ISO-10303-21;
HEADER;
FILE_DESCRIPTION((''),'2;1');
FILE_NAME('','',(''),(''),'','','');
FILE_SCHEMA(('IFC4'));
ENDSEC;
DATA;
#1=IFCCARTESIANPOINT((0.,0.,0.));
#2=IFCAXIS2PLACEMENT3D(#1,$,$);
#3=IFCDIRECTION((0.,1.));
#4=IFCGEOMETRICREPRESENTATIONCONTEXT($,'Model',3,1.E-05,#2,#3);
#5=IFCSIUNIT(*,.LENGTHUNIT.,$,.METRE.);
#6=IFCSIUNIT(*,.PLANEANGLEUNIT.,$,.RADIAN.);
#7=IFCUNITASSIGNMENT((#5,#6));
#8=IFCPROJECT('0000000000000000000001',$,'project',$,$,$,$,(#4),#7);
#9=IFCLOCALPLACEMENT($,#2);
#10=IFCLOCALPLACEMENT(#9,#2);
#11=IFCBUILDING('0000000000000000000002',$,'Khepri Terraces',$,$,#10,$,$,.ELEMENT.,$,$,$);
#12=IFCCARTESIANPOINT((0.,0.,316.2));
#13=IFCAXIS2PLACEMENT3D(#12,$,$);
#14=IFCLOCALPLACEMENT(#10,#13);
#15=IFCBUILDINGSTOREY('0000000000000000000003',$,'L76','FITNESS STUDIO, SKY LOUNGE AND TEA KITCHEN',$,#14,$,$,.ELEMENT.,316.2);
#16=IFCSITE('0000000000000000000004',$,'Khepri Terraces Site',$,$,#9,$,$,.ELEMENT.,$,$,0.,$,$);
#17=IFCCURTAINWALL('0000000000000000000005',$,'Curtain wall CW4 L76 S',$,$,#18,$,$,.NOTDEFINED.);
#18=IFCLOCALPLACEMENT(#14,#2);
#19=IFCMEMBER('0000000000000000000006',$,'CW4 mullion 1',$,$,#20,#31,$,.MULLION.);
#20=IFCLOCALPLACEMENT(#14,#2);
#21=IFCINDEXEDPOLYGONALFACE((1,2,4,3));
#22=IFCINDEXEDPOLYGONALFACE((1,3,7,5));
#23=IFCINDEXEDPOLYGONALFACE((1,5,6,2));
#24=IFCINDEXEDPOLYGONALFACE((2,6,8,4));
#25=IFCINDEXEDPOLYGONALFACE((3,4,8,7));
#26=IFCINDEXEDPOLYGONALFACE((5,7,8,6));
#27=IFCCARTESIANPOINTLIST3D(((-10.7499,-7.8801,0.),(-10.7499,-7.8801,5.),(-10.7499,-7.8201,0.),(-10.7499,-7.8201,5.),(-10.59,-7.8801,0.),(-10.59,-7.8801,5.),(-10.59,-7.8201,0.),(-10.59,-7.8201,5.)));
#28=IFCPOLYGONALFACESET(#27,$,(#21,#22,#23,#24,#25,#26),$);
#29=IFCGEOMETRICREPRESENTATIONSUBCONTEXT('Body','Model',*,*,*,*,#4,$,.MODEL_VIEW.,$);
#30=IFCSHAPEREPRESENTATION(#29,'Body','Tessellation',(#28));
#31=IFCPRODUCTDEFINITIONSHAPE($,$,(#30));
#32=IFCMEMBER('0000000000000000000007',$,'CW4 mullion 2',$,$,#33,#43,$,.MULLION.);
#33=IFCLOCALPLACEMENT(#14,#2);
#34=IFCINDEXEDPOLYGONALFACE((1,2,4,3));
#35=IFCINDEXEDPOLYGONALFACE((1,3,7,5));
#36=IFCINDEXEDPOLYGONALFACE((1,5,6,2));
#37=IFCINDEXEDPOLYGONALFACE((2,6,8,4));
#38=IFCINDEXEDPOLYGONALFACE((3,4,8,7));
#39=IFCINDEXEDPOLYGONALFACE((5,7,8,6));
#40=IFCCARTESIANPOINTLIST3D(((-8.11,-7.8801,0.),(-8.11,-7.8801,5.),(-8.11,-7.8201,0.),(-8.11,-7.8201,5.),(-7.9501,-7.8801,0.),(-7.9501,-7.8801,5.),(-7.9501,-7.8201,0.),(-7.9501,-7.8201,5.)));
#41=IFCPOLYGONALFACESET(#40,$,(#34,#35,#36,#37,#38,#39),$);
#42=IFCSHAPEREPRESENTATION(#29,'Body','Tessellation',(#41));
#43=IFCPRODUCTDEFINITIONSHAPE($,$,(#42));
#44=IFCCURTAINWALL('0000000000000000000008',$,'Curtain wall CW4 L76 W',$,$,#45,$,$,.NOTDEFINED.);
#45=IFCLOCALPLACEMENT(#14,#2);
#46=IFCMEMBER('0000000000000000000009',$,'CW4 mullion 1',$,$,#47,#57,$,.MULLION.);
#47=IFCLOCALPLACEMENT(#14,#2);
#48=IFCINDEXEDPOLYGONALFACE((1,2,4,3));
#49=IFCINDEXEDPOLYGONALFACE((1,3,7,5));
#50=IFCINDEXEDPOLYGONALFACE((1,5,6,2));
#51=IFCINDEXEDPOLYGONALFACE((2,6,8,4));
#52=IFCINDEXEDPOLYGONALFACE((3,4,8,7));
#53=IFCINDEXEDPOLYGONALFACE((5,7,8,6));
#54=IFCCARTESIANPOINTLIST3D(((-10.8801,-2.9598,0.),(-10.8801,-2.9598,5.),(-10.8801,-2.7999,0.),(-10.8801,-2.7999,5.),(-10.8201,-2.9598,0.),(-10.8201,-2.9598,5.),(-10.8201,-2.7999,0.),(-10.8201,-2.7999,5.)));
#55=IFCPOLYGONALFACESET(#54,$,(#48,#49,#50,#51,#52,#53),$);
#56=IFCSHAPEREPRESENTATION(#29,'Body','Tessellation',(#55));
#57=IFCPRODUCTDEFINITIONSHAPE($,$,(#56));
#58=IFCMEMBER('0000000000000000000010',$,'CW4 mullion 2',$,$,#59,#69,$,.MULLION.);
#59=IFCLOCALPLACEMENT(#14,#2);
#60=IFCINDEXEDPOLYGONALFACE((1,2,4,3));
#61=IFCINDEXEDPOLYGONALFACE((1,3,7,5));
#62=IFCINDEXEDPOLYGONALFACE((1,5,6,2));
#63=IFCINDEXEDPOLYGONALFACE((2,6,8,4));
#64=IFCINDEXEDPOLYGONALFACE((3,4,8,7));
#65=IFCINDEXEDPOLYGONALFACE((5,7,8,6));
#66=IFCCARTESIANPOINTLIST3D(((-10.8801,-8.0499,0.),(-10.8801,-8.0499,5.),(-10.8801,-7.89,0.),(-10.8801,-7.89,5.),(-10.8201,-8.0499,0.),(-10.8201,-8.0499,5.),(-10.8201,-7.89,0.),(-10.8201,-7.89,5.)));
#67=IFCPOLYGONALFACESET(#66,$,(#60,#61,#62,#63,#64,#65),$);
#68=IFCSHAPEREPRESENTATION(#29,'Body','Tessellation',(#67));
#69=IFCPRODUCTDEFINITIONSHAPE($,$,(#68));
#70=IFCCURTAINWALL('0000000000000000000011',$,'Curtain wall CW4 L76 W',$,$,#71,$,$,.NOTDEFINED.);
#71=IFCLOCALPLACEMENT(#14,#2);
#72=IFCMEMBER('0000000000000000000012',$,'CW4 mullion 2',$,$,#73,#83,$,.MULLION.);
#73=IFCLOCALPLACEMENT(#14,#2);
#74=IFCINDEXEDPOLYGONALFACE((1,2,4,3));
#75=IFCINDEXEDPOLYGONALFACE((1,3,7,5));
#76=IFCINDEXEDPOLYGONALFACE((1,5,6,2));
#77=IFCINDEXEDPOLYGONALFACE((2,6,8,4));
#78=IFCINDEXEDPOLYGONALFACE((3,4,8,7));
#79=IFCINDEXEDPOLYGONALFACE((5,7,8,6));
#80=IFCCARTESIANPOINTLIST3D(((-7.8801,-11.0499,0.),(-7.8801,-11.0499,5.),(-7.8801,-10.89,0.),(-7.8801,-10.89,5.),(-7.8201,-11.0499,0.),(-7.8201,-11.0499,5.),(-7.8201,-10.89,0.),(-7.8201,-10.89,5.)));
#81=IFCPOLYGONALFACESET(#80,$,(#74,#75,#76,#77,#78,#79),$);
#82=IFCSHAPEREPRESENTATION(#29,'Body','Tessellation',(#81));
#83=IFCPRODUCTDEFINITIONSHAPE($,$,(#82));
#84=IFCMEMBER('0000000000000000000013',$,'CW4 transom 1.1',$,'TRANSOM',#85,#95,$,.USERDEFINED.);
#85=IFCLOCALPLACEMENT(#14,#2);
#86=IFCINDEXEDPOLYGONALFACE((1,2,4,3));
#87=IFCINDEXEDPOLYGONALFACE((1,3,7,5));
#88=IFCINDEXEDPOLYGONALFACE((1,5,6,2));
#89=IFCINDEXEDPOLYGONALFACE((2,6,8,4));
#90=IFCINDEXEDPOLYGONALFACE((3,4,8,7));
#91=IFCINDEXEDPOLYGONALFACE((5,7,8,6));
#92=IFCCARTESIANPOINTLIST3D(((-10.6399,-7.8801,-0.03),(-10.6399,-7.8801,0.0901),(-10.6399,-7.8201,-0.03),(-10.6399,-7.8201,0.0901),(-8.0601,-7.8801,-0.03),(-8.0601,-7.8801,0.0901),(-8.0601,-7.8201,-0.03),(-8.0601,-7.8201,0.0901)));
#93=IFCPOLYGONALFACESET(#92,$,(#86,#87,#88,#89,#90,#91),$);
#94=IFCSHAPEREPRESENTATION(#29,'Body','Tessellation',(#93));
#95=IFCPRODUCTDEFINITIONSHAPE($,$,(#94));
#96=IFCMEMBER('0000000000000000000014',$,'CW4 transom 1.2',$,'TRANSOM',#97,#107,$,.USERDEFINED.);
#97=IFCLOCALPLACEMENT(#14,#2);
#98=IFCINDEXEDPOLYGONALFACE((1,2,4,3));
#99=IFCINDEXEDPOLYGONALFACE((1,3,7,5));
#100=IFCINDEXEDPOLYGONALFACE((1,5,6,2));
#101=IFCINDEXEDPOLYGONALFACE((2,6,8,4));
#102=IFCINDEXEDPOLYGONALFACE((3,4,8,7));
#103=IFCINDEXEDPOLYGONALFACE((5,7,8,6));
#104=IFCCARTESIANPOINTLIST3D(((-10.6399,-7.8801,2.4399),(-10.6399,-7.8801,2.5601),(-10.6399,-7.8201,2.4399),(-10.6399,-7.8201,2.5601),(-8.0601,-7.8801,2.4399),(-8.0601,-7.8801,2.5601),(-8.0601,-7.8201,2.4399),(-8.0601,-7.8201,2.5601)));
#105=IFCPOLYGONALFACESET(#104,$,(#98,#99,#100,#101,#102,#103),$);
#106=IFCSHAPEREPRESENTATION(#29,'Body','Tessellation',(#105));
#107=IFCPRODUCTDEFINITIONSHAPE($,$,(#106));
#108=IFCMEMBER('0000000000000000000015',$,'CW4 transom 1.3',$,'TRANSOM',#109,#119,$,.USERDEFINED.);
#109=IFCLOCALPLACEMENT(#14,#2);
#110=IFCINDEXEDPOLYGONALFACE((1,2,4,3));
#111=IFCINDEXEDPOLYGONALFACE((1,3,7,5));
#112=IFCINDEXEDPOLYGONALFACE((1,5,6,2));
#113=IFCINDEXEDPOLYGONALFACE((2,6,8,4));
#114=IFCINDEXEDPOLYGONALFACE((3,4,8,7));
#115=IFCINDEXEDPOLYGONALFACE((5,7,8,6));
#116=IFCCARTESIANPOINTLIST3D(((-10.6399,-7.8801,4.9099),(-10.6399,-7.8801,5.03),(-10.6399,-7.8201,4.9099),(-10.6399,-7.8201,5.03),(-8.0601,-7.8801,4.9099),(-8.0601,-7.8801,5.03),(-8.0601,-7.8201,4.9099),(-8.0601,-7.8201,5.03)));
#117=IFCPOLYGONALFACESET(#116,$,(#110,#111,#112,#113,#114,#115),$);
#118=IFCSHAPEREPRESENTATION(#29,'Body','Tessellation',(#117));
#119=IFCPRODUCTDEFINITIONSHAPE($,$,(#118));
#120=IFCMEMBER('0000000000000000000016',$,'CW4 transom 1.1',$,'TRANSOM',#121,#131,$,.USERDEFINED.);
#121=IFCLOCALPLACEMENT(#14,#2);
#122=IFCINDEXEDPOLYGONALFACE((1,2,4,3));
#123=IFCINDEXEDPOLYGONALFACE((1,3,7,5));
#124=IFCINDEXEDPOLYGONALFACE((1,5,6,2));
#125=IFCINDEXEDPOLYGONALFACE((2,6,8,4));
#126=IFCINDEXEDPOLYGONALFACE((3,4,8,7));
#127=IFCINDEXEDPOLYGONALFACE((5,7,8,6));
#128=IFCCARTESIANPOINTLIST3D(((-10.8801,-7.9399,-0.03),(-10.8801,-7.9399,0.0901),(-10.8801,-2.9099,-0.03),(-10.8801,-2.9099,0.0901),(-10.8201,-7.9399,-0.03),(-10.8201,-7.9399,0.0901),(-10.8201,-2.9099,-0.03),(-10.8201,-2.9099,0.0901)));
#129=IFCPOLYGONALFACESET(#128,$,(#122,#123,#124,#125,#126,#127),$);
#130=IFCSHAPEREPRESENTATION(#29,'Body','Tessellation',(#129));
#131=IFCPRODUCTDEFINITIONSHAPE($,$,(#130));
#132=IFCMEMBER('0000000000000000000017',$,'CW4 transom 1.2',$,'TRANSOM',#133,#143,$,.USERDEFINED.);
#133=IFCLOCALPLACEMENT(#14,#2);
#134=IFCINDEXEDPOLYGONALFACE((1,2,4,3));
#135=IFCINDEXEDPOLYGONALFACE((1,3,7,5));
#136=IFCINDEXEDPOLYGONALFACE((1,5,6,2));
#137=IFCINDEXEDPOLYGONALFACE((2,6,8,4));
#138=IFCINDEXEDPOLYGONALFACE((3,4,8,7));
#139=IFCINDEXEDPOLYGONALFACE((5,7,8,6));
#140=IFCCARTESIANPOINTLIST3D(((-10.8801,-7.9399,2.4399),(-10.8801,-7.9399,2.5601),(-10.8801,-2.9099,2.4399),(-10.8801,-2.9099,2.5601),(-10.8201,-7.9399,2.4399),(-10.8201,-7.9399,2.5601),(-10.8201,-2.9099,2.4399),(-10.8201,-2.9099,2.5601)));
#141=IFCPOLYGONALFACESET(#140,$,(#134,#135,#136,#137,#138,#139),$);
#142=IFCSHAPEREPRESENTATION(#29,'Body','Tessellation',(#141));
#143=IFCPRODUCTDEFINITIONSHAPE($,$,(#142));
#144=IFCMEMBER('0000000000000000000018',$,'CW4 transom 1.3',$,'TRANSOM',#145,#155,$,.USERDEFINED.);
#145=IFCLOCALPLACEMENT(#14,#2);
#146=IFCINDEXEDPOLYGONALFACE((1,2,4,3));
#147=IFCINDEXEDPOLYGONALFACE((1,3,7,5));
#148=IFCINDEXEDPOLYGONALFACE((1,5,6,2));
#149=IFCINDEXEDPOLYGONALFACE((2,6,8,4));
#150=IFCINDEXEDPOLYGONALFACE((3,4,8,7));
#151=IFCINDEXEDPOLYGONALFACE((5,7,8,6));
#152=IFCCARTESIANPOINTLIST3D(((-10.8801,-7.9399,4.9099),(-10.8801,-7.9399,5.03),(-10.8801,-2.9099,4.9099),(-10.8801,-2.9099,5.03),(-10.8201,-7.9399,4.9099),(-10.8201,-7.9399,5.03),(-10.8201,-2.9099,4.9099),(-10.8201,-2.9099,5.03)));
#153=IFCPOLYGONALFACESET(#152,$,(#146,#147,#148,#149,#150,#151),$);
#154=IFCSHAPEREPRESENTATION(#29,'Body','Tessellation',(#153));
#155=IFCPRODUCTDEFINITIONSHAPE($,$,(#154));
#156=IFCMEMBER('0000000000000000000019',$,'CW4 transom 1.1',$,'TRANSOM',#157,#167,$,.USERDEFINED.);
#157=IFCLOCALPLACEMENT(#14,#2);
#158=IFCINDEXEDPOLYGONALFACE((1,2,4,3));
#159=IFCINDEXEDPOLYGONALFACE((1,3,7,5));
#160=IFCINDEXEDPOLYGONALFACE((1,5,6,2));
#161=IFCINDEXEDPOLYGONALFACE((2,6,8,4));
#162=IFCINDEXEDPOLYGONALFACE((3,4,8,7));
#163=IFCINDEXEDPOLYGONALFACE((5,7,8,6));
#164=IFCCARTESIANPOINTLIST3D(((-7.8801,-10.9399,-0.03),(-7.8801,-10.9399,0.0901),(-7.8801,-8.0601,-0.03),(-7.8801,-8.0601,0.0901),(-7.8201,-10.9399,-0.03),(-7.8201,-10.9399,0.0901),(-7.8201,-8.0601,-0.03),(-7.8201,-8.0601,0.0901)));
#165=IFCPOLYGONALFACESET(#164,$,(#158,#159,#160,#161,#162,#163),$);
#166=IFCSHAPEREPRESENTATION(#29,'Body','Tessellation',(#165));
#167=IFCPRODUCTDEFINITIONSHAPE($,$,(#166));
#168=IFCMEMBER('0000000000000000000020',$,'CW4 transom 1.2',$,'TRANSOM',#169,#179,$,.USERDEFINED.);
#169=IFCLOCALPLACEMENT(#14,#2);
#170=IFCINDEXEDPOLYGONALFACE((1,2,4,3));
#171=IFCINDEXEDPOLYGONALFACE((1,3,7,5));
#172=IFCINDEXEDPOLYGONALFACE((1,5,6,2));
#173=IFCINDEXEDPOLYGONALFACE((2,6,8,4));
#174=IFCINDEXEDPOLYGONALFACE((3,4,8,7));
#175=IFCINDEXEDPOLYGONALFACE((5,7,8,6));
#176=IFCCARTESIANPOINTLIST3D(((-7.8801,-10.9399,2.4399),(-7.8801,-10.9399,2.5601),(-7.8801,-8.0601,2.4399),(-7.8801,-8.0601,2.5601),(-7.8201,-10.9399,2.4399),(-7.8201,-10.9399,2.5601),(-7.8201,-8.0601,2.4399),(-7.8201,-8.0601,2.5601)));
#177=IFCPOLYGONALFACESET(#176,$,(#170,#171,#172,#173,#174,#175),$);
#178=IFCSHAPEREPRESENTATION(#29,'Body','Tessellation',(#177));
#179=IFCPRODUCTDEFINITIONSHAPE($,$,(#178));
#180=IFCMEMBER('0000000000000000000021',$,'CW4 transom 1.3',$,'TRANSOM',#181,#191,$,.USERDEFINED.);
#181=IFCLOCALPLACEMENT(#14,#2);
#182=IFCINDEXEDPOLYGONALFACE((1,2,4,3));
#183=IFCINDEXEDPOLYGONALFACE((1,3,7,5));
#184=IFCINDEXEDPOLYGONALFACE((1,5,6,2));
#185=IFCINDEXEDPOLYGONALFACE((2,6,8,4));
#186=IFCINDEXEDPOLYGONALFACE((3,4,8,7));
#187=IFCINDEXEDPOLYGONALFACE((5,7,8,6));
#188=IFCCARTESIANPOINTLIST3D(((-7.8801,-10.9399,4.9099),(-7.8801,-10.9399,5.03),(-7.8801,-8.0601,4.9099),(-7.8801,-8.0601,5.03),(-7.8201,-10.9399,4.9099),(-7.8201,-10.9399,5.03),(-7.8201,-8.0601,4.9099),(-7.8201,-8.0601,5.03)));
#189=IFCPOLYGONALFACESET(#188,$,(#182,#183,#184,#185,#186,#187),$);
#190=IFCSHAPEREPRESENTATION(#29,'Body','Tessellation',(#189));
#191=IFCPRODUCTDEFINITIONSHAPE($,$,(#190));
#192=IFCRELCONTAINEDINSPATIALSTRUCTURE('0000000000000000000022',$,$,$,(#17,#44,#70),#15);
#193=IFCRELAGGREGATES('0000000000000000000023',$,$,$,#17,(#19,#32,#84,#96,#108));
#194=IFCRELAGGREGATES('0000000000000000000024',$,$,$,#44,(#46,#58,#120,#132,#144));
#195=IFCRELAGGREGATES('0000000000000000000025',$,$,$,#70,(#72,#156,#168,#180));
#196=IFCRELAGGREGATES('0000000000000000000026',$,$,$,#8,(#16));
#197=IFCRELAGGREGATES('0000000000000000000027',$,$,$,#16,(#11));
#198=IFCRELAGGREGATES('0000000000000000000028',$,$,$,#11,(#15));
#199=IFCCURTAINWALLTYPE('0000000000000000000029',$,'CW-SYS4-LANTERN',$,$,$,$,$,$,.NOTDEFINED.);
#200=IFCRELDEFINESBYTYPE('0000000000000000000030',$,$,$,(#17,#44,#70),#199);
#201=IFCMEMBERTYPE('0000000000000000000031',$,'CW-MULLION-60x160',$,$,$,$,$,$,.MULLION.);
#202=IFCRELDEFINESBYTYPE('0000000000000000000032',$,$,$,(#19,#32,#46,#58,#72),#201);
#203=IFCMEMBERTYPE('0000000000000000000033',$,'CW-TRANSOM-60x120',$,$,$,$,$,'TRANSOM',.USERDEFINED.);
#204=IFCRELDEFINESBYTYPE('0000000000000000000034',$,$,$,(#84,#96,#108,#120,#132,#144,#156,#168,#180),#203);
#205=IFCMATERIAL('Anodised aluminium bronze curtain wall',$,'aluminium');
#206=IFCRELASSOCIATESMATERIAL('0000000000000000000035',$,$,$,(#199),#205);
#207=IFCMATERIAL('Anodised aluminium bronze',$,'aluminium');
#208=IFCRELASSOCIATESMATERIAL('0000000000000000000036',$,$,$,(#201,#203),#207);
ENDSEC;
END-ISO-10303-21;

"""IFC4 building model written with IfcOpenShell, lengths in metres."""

from ifc_helpers import new_model, si_unit, direction, frame, origin, origin_2d, place, context, subcontext, project, spatial, rectangle, extrude, material, material_profile, profile_set, type_object, element, aggregate, save


model = new_model("IFC4")

# Units and contexts
model_context = context("Model", 3, precision=1e-05, world=origin(), true_north=direction((0.0, 1.0)))
body_context = subcontext(model_context, "Body", "Model", "MODEL_VIEW")
ifc_project = project(units=[si_unit("LENGTHUNIT", "METRE"), si_unit("PLANEANGLEUNIT", "RADIAN")], contexts=[model_context])

# Site, building, storey
site_placement = place(None, origin())
site = spatial("IfcSite", under=ifc_project, at=site_placement, Name="Khepri Terraces Site", CompositionType="ELEMENT", RefElevation=0.0)
building_placement = place(site_placement, origin())
building = spatial("IfcBuilding", under=site, at=building_placement, Name="Khepri Terraces", CompositionType="ELEMENT")
storey_placement = place(building_placement, frame((0.0, 0.0, 316.2)))
storey = spatial("IfcBuildingStorey", under=building, at=storey_placement, Name="L76", Description="FITNESS STUDIO, SKY LOUNGE AND TEA KITCHEN", CompositionType="ELEMENT", Elevation=316.2)

# Curtain walls, members
ifc_material_1 = material(Name="Anodised aluminium bronze curtain wall", Category="aluminium")
curtain_wall_type = type_object("IfcCurtainWallType", Name="CW-SYS4-LANTERN", PredefinedType="NOTDEFINED", material=ifc_material_1)
curtain_wall_1_placement = place(storey_placement, origin())
curtain_wall_1 = element("IfcCurtainWall", 1, at=curtain_wall_1_placement, inside=storey, type_object=curtain_wall_type, Name="Curtain wall CW4 L76 S", PredefinedType="NOTDEFINED")
ifc_material_2 = material(Name="Anodised aluminium bronze", Category="aluminium")
ifc_material_profile_1 = material_profile(ifc_material_2, rectangle(XDim=0.0601, YDim=0.1599, at=origin_2d()), Name="Anodised aluminium bronze", Category="aluminium")
ifc_profile_set_1 = profile_set([ifc_material_profile_1], Name="Anodised aluminium bronze")
member_type_1 = type_object("IfcMemberType", Name="CW-MULLION-60x160", PredefinedType="MULLION", material=ifc_profile_set_1)
member_1_placement = place(storey_placement, frame((-10.6699, -7.8501, 0.0), z_axis=(0.0, 0.0, 1.0), x_axis=(0.0, 1.0, 0.0)))
member_1 = element("IfcMember", 2, at=member_1_placement, type_object=member_type_1, Name="CW4 mullion 1", PredefinedType="MULLION", context=body_context, shape_type="SweptSolid", body=[
    extrude(rectangle(XDim=0.0601, YDim=0.1599, at=origin_2d()), origin(), (0.0, 0.0, 1.0), 5.0),
])
member_2_placement = place(storey_placement, frame((-8.03, -7.8501, 0.0), z_axis=(0.0, 0.0, 1.0), x_axis=(0.0, 1.0, 0.0)))
member_2 = element("IfcMember", 3, at=member_2_placement, type_object=member_type_1, Name="CW4 mullion 2", PredefinedType="MULLION", context=body_context, shape_type="SweptSolid", body=[
    extrude(rectangle(XDim=0.0601, YDim=0.1599, at=origin_2d()), origin(), (0.0, 0.0, 1.0), 5.0),
])
curtain_wall_2_placement = place(storey_placement, origin())
curtain_wall_2 = element("IfcCurtainWall", 4, at=curtain_wall_2_placement, inside=storey, type_object=curtain_wall_type, Name="Curtain wall CW4 L76 W", PredefinedType="NOTDEFINED")
member_3_placement = place(storey_placement, frame((-10.8501, -2.8799, 0.0), z_axis=(0.0, 0.0, 1.0), x_axis=(1.0, 0.0, 0.0)))
member_3 = element("IfcMember", 5, at=member_3_placement, type_object=member_type_1, Name="CW4 mullion 1", PredefinedType="MULLION", context=body_context, shape_type="SweptSolid", body=[
    extrude(rectangle(XDim=0.0601, YDim=0.1599, at=origin_2d()), origin(), (0.0, 0.0, 1.0), 5.0),
])
member_4_placement = place(storey_placement, frame((-10.8501, -7.97, 0.0), z_axis=(0.0, 0.0, 1.0), x_axis=(1.0, 0.0, 0.0)))
member_4 = element("IfcMember", 6, at=member_4_placement, type_object=member_type_1, Name="CW4 mullion 2", PredefinedType="MULLION", context=body_context, shape_type="SweptSolid", body=[
    extrude(rectangle(XDim=0.0601, YDim=0.1599, at=origin_2d()), origin(), (0.0, 0.0, 1.0), 5.0),
])

# Curtain wall, member
curtain_wall_3_placement = place(storey_placement, origin())
curtain_wall_3 = element("IfcCurtainWall", 7, at=curtain_wall_3_placement, inside=storey, type_object=curtain_wall_type, Name="Curtain wall CW4 L76 W", PredefinedType="NOTDEFINED")
member_5_placement = place(storey_placement, frame((-7.8501, -10.97, 0.0), z_axis=(0.0, 0.0, 1.0), x_axis=(1.0, 0.0, 0.0)))
member_5 = element("IfcMember", 8, at=member_5_placement, type_object=member_type_1, Name="CW4 mullion 2", PredefinedType="MULLION", context=body_context, shape_type="SweptSolid", body=[
    extrude(rectangle(XDim=0.0601, YDim=0.1599, at=origin_2d()), origin(), (0.0, 0.0, 1.0), 5.0),
])

# Members
ifc_material_profile_2 = material_profile(ifc_material_2, rectangle(XDim=0.0601, YDim=0.1201, at=origin_2d()), Name="Anodised aluminium bronze", Category="aluminium")
ifc_profile_set_2 = profile_set([ifc_material_profile_2], Name="Anodised aluminium bronze")
member_type_2 = type_object("IfcMemberType", Name="CW-TRANSOM-60x120", ElementType="TRANSOM", PredefinedType="USERDEFINED", material=ifc_profile_set_2)
member_6_placement = place(storey_placement, frame((-10.6399, -7.8501, 0.03), z_axis=(1.0, 0.0, 0.0), x_axis=(0.0, 1.0, 0.0)))
member_6 = element("IfcMember", 9, at=member_6_placement, type_object=member_type_2, Name="CW4 transom 1.1", ObjectType="TRANSOM", PredefinedType="USERDEFINED", context=body_context, shape_type="SweptSolid", body=[
    extrude(rectangle(XDim=0.0601, YDim=0.1201, at=origin_2d()), origin(), (0.0, 0.0, 1.0), 2.5798),
])
member_7_placement = place(storey_placement, frame((-10.6399, -7.8501, 2.5), z_axis=(1.0, 0.0, 0.0), x_axis=(0.0, 1.0, 0.0)))
member_7 = element("IfcMember", 10, at=member_7_placement, type_object=member_type_2, Name="CW4 transom 1.2", ObjectType="TRANSOM", PredefinedType="USERDEFINED", context=body_context, shape_type="SweptSolid", body=[
    extrude(rectangle(XDim=0.0601, YDim=0.1201, at=origin_2d()), origin(), (0.0, 0.0, 1.0), 2.5798),
])
member_8_placement = place(storey_placement, frame((-10.6399, -7.8501, 4.97), z_axis=(1.0, 0.0, 0.0), x_axis=(0.0, 1.0, 0.0)))
member_8 = element("IfcMember", 11, at=member_8_placement, type_object=member_type_2, Name="CW4 transom 1.3", ObjectType="TRANSOM", PredefinedType="USERDEFINED", context=body_context, shape_type="SweptSolid", body=[
    extrude(rectangle(XDim=0.0601, YDim=0.1201, at=origin_2d()), origin(), (0.0, 0.0, 1.0), 2.5798),
])
member_9_placement = place(storey_placement, frame((-10.8501, -2.9099, 0.03), z_axis=(0.0, -1.0, 0.0), x_axis=(1.0, 0.0, 0.0)))
member_9 = element("IfcMember", 12, at=member_9_placement, type_object=member_type_2, Name="CW4 transom 1.1", ObjectType="TRANSOM", PredefinedType="USERDEFINED", context=body_context, shape_type="SweptSolid", body=[
    extrude(rectangle(XDim=0.0601, YDim=0.1201, at=origin_2d()), origin(), (0.0, 0.0, 1.0), 5.03),
])
member_10_placement = place(storey_placement, frame((-10.8501, -2.9099, 2.5), z_axis=(0.0, -1.0, 0.0), x_axis=(1.0, 0.0, 0.0)))
member_10 = element("IfcMember", 13, at=member_10_placement, type_object=member_type_2, Name="CW4 transom 1.2", ObjectType="TRANSOM", PredefinedType="USERDEFINED", context=body_context, shape_type="SweptSolid", body=[
    extrude(rectangle(XDim=0.0601, YDim=0.1201, at=origin_2d()), origin(), (0.0, 0.0, 1.0), 5.03),
])
member_11_placement = place(storey_placement, frame((-10.8501, -2.9099, 4.97), z_axis=(0.0, -1.0, 0.0), x_axis=(1.0, 0.0, 0.0)))
member_11 = element("IfcMember", 14, at=member_11_placement, type_object=member_type_2, Name="CW4 transom 1.3", ObjectType="TRANSOM", PredefinedType="USERDEFINED", context=body_context, shape_type="SweptSolid", body=[
    extrude(rectangle(XDim=0.0601, YDim=0.1201, at=origin_2d()), origin(), (0.0, 0.0, 1.0), 5.03),
])
member_12_placement = place(storey_placement, frame((-7.8501, -8.0601, 0.03), z_axis=(0.0, -1.0, 0.0), x_axis=(1.0, 0.0, 0.0)))
member_12 = element("IfcMember", 15, at=member_12_placement, type_object=member_type_2, Name="CW4 transom 1.1", ObjectType="TRANSOM", PredefinedType="USERDEFINED", context=body_context, shape_type="SweptSolid", body=[
    extrude(rectangle(XDim=0.0601, YDim=0.1201, at=origin_2d()), origin(), (0.0, 0.0, 1.0), 2.8799),
])
member_13_placement = place(storey_placement, frame((-7.8501, -8.0601, 2.5), z_axis=(0.0, -1.0, 0.0), x_axis=(1.0, 0.0, 0.0)))
member_13 = element("IfcMember", 16, at=member_13_placement, type_object=member_type_2, Name="CW4 transom 1.2", ObjectType="TRANSOM", PredefinedType="USERDEFINED", context=body_context, shape_type="SweptSolid", body=[
    extrude(rectangle(XDim=0.0601, YDim=0.1201, at=origin_2d()), origin(), (0.0, 0.0, 1.0), 2.8799),
])
member_14_placement = place(storey_placement, frame((-7.8501, -8.0601, 4.97), z_axis=(0.0, -1.0, 0.0), x_axis=(1.0, 0.0, 0.0)))
member_14 = element("IfcMember", 17, at=member_14_placement, type_object=member_type_2, Name="CW4 transom 1.3", ObjectType="TRANSOM", PredefinedType="USERDEFINED", context=body_context, shape_type="SweptSolid", body=[
    extrude(rectangle(XDim=0.0601, YDim=0.1201, at=origin_2d()), origin(), (0.0, 0.0, 1.0), 2.8799),
])

aggregate(curtain_wall_1, [member_1, member_2, member_6, member_7, member_8])
aggregate(curtain_wall_2, [member_3, member_4, member_9, member_10, member_11])
aggregate(curtain_wall_3, [member_5, member_12, member_13, member_14])

save(model, "model.ifc")
